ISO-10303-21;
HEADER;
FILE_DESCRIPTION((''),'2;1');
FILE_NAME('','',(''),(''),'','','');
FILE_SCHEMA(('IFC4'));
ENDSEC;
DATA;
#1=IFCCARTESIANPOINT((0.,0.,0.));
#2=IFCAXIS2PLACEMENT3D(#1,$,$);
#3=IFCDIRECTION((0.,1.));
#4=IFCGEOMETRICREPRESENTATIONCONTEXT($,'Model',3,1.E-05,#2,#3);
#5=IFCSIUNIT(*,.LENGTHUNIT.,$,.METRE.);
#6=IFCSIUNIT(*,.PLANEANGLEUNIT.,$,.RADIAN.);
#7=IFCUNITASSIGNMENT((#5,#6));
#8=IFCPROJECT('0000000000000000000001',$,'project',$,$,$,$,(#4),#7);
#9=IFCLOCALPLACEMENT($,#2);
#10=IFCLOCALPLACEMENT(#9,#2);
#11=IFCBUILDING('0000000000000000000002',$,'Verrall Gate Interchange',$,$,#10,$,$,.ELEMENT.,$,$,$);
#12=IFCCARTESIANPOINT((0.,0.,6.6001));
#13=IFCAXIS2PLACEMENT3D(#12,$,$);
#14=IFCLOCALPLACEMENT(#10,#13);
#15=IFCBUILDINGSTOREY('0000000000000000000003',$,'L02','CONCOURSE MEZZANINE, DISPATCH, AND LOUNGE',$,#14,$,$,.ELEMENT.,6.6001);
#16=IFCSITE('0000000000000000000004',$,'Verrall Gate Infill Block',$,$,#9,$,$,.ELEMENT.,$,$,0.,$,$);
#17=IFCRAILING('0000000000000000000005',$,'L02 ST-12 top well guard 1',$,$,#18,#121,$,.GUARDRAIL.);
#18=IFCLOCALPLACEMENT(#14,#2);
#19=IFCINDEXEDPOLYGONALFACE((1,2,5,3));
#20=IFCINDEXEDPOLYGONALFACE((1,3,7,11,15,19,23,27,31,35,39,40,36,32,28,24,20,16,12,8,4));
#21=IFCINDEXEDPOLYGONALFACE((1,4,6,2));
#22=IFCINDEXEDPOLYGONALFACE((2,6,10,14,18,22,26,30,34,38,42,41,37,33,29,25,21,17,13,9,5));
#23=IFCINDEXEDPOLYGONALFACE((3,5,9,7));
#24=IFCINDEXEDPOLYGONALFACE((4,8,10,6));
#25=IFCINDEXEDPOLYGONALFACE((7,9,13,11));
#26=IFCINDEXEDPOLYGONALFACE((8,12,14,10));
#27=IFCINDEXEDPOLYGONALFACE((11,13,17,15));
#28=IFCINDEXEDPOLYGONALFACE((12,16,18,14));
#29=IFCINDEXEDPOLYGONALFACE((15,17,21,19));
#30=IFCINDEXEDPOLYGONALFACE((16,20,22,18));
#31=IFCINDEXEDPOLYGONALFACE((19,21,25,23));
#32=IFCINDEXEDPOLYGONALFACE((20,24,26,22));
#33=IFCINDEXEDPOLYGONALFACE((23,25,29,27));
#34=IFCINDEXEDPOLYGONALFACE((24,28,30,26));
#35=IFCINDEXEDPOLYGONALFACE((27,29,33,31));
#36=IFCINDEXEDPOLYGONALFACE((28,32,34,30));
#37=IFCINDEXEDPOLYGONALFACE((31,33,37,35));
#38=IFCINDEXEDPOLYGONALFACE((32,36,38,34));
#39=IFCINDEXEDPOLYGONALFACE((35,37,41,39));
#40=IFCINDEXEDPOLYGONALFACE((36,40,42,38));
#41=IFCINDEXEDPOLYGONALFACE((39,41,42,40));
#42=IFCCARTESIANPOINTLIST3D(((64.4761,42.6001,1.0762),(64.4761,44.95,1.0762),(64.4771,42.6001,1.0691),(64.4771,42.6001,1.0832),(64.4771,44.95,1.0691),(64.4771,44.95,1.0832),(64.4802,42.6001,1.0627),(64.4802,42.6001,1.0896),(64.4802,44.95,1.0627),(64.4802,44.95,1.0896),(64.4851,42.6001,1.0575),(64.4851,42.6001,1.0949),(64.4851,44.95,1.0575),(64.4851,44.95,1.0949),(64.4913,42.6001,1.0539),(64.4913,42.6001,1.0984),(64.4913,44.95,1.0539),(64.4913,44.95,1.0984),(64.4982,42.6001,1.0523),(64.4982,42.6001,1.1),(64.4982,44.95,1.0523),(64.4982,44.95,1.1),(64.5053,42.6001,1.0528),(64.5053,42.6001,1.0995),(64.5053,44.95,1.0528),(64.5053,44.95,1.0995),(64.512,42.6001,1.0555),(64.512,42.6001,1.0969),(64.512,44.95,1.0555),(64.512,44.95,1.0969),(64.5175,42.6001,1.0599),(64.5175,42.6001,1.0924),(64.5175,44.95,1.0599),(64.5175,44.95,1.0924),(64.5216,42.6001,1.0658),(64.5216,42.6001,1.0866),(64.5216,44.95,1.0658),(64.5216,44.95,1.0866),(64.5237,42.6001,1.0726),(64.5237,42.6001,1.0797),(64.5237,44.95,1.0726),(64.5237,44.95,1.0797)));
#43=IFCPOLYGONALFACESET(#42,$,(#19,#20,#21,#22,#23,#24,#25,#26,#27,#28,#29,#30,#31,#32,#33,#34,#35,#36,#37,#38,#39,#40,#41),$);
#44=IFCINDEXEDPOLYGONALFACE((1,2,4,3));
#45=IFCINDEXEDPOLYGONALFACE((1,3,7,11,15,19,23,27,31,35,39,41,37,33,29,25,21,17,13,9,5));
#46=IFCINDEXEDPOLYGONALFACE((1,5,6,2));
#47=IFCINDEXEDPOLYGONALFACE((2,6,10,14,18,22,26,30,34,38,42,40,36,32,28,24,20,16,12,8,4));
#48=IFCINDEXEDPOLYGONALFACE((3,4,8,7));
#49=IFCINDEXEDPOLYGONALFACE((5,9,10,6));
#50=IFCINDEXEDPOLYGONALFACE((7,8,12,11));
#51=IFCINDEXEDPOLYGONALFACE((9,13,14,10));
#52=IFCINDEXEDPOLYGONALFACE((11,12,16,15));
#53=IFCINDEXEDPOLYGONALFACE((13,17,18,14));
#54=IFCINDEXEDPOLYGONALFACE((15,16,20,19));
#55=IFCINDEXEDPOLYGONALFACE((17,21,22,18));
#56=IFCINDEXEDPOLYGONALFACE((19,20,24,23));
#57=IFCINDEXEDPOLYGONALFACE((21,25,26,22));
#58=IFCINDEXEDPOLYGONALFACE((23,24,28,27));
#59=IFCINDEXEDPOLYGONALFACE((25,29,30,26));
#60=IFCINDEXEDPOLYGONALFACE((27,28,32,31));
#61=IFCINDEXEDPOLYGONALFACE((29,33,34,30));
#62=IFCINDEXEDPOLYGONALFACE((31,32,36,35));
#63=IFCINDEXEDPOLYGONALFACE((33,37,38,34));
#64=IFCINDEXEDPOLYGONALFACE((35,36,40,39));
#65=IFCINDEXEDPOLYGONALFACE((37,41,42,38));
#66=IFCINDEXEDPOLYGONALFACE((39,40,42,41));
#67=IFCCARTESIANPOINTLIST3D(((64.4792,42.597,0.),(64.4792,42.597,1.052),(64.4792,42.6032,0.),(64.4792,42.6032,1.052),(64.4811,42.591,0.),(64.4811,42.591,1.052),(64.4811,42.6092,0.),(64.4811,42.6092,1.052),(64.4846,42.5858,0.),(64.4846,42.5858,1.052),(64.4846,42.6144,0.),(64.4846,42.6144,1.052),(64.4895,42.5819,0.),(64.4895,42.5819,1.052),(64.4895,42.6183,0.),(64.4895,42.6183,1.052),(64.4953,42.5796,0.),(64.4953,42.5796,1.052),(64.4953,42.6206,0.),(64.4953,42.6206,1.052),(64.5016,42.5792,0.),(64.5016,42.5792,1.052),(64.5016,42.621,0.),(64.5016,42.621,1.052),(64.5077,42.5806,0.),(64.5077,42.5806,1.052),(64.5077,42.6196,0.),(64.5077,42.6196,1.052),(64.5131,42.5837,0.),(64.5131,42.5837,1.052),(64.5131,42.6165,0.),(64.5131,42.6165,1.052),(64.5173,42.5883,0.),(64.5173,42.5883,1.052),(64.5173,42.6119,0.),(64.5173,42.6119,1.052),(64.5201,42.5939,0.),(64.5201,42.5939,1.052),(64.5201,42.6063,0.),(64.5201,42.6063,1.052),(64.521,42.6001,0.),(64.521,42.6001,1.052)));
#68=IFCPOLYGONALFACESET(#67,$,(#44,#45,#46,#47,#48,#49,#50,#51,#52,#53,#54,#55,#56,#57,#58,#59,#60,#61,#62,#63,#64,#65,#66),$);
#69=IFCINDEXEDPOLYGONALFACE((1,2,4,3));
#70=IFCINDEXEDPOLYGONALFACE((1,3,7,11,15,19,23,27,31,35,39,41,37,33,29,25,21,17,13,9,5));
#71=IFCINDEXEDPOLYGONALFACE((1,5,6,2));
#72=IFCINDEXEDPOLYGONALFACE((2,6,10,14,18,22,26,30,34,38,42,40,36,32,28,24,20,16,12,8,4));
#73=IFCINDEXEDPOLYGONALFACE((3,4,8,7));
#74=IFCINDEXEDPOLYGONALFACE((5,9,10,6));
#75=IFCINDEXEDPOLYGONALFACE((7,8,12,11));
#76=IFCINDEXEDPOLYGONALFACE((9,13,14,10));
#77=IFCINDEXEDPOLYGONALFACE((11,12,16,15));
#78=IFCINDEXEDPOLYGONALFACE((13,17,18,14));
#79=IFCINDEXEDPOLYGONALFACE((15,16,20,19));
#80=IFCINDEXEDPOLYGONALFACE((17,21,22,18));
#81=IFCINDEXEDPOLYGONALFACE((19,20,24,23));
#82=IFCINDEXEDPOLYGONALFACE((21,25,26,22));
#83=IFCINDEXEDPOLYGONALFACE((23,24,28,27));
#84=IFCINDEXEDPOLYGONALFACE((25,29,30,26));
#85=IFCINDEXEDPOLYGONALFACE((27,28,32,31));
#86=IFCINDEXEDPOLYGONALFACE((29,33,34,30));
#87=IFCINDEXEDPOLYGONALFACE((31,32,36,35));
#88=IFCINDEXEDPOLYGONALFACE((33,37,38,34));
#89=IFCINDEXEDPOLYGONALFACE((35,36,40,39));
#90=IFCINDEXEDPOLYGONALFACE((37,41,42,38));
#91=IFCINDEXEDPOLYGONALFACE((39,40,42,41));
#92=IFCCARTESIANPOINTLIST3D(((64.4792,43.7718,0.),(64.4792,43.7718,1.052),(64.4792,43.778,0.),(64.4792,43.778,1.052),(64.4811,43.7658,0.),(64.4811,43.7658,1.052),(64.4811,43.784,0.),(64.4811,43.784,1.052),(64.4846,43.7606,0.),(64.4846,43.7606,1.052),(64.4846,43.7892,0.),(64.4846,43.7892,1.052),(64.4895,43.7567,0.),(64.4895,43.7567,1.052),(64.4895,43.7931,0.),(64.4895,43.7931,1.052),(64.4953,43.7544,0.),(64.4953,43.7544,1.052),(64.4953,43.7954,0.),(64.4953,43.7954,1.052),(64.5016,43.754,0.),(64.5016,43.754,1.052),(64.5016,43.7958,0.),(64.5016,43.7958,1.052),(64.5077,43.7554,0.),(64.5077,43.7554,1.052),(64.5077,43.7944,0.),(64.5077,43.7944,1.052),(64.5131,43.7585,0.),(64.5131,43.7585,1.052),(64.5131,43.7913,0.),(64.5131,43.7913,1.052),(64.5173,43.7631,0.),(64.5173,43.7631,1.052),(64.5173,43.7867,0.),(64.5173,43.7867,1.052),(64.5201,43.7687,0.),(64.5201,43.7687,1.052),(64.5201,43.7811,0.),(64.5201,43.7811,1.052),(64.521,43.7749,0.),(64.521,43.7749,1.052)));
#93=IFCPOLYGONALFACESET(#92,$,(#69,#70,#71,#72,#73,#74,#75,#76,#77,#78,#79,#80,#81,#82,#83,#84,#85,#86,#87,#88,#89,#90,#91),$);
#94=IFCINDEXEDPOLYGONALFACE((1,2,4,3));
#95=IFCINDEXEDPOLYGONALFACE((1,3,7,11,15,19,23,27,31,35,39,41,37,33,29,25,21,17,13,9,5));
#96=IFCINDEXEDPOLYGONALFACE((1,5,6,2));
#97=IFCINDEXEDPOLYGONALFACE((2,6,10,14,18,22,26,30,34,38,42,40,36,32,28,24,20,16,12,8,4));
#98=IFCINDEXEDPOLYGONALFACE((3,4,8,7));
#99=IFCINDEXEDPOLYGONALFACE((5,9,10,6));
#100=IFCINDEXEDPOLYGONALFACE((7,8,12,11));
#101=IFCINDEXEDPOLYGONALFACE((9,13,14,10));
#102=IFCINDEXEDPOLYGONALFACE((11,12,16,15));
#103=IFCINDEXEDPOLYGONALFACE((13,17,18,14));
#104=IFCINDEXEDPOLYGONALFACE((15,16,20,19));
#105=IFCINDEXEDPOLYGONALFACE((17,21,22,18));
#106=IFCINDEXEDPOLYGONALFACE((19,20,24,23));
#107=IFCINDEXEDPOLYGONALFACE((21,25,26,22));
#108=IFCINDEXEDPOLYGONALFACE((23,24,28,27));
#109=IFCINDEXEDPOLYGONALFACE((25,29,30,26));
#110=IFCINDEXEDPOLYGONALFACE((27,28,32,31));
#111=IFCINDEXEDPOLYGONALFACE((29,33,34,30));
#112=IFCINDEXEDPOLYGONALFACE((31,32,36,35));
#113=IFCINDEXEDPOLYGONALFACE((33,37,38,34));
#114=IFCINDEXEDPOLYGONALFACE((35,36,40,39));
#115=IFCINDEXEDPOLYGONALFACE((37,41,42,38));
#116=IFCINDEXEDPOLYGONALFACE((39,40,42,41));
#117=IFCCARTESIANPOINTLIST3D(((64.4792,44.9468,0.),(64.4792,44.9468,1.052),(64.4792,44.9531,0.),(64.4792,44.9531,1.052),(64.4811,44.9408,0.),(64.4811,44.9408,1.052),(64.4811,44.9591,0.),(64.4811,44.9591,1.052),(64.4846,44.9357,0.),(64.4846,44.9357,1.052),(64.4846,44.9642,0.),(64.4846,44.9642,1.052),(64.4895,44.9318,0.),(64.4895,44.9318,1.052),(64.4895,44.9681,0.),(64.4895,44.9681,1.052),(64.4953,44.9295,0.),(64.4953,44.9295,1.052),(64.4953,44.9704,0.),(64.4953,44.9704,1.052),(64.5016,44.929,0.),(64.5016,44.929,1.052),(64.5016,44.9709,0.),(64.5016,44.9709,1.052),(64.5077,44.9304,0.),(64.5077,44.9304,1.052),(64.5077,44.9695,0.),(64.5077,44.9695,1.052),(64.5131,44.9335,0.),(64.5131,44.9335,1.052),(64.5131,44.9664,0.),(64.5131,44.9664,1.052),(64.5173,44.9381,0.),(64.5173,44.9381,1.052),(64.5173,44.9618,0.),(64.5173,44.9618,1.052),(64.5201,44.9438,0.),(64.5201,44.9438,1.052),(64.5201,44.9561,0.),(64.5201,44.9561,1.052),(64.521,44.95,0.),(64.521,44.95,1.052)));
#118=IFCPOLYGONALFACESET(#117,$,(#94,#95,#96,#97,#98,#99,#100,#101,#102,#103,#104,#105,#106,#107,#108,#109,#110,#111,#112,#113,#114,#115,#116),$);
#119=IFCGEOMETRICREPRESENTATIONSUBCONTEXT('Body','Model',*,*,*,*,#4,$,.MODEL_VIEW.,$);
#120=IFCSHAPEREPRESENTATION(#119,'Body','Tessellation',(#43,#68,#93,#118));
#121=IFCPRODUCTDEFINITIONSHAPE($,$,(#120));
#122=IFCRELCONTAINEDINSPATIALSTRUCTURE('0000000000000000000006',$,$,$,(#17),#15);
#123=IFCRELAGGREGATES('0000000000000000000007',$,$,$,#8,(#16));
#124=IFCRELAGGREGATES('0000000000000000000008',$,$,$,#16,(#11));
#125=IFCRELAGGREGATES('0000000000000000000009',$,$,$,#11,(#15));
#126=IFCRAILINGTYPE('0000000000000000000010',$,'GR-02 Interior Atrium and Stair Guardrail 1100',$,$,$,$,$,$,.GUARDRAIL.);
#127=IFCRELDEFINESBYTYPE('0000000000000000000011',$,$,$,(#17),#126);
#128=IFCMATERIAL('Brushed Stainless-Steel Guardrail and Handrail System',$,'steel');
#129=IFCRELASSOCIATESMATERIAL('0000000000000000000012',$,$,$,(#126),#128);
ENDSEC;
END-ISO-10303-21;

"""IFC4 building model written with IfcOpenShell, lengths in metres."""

from ifc_helpers import new_model, si_unit, direction, frame, origin, origin_2d, place, context, subcontext, project, spatial, circle, extrude, material, type_object, element, save


model = new_model("IFC4")

# Units and contexts
model_context = context("Model", 3, precision=1e-05, world=origin(), true_north=direction((0.0, 1.0)))
body_context = subcontext(model_context, "Body", "Model", "MODEL_VIEW")
ifc_project = project(units=[si_unit("LENGTHUNIT", "METRE"), si_unit("PLANEANGLEUNIT", "RADIAN")], contexts=[model_context])

# Site, building, storey
site_placement = place(None, origin())
site = spatial("IfcSite", under=ifc_project, at=site_placement, Name="Verrall Gate Infill Block", CompositionType="ELEMENT", RefElevation=0.0)
building_placement = place(site_placement, origin())
building = spatial("IfcBuilding", under=site, at=building_placement, Name="Verrall Gate Interchange", CompositionType="ELEMENT")
storey_placement = place(building_placement, frame((0.0, 0.0, 6.6001)))
storey = spatial("IfcBuildingStorey", under=building, at=storey_placement, Name="L02", Description="CONCOURSE MEZZANINE, DISPATCH, AND LOUNGE", CompositionType="ELEMENT", Elevation=6.6001)

# Railing
ifc_material_1 = material(Name="Brushed Stainless-Steel Guardrail and Handrail System", Category="steel")
railing_type = type_object("IfcRailingType", Name="GR-02 Interior Atrium and Stair Guardrail 1100", PredefinedType="GUARDRAIL", material=ifc_material_1)
railing_1_placement = place(storey_placement, frame((64.5, 42.6001, 0.0)))
element("IfcRailing", 1, at=railing_1_placement, inside=storey, type_object=railing_type, Name="L02 ST-12 top well guard 1", PredefinedType="GUARDRAIL", context=body_context, shape_type="SweptSolid", body=[
    extrude(circle(Radius=0.0239, at=origin_2d()), frame((0.0, 0.0, 1.0762), z_axis=(0.0, 1.0, 0.0), x_axis=(-1.0, 0.0, 0.0)), (0.0, 0.0, 1.0), 2.3499),
    extrude(circle(Radius=0.021, at=origin_2d()), origin(), (0.0, 0.0, 1.0), 1.052),
    extrude(circle(Radius=0.021, at=origin_2d()), frame((0.0, 1.1748, 0.0)), (0.0, 0.0, 1.0), 1.052),
    extrude(circle(Radius=0.021, at=origin_2d()), frame((0.0, 2.3499, 0.0)), (0.0, 0.0, 1.0), 1.052),
])

save(model, "model.ifc")
